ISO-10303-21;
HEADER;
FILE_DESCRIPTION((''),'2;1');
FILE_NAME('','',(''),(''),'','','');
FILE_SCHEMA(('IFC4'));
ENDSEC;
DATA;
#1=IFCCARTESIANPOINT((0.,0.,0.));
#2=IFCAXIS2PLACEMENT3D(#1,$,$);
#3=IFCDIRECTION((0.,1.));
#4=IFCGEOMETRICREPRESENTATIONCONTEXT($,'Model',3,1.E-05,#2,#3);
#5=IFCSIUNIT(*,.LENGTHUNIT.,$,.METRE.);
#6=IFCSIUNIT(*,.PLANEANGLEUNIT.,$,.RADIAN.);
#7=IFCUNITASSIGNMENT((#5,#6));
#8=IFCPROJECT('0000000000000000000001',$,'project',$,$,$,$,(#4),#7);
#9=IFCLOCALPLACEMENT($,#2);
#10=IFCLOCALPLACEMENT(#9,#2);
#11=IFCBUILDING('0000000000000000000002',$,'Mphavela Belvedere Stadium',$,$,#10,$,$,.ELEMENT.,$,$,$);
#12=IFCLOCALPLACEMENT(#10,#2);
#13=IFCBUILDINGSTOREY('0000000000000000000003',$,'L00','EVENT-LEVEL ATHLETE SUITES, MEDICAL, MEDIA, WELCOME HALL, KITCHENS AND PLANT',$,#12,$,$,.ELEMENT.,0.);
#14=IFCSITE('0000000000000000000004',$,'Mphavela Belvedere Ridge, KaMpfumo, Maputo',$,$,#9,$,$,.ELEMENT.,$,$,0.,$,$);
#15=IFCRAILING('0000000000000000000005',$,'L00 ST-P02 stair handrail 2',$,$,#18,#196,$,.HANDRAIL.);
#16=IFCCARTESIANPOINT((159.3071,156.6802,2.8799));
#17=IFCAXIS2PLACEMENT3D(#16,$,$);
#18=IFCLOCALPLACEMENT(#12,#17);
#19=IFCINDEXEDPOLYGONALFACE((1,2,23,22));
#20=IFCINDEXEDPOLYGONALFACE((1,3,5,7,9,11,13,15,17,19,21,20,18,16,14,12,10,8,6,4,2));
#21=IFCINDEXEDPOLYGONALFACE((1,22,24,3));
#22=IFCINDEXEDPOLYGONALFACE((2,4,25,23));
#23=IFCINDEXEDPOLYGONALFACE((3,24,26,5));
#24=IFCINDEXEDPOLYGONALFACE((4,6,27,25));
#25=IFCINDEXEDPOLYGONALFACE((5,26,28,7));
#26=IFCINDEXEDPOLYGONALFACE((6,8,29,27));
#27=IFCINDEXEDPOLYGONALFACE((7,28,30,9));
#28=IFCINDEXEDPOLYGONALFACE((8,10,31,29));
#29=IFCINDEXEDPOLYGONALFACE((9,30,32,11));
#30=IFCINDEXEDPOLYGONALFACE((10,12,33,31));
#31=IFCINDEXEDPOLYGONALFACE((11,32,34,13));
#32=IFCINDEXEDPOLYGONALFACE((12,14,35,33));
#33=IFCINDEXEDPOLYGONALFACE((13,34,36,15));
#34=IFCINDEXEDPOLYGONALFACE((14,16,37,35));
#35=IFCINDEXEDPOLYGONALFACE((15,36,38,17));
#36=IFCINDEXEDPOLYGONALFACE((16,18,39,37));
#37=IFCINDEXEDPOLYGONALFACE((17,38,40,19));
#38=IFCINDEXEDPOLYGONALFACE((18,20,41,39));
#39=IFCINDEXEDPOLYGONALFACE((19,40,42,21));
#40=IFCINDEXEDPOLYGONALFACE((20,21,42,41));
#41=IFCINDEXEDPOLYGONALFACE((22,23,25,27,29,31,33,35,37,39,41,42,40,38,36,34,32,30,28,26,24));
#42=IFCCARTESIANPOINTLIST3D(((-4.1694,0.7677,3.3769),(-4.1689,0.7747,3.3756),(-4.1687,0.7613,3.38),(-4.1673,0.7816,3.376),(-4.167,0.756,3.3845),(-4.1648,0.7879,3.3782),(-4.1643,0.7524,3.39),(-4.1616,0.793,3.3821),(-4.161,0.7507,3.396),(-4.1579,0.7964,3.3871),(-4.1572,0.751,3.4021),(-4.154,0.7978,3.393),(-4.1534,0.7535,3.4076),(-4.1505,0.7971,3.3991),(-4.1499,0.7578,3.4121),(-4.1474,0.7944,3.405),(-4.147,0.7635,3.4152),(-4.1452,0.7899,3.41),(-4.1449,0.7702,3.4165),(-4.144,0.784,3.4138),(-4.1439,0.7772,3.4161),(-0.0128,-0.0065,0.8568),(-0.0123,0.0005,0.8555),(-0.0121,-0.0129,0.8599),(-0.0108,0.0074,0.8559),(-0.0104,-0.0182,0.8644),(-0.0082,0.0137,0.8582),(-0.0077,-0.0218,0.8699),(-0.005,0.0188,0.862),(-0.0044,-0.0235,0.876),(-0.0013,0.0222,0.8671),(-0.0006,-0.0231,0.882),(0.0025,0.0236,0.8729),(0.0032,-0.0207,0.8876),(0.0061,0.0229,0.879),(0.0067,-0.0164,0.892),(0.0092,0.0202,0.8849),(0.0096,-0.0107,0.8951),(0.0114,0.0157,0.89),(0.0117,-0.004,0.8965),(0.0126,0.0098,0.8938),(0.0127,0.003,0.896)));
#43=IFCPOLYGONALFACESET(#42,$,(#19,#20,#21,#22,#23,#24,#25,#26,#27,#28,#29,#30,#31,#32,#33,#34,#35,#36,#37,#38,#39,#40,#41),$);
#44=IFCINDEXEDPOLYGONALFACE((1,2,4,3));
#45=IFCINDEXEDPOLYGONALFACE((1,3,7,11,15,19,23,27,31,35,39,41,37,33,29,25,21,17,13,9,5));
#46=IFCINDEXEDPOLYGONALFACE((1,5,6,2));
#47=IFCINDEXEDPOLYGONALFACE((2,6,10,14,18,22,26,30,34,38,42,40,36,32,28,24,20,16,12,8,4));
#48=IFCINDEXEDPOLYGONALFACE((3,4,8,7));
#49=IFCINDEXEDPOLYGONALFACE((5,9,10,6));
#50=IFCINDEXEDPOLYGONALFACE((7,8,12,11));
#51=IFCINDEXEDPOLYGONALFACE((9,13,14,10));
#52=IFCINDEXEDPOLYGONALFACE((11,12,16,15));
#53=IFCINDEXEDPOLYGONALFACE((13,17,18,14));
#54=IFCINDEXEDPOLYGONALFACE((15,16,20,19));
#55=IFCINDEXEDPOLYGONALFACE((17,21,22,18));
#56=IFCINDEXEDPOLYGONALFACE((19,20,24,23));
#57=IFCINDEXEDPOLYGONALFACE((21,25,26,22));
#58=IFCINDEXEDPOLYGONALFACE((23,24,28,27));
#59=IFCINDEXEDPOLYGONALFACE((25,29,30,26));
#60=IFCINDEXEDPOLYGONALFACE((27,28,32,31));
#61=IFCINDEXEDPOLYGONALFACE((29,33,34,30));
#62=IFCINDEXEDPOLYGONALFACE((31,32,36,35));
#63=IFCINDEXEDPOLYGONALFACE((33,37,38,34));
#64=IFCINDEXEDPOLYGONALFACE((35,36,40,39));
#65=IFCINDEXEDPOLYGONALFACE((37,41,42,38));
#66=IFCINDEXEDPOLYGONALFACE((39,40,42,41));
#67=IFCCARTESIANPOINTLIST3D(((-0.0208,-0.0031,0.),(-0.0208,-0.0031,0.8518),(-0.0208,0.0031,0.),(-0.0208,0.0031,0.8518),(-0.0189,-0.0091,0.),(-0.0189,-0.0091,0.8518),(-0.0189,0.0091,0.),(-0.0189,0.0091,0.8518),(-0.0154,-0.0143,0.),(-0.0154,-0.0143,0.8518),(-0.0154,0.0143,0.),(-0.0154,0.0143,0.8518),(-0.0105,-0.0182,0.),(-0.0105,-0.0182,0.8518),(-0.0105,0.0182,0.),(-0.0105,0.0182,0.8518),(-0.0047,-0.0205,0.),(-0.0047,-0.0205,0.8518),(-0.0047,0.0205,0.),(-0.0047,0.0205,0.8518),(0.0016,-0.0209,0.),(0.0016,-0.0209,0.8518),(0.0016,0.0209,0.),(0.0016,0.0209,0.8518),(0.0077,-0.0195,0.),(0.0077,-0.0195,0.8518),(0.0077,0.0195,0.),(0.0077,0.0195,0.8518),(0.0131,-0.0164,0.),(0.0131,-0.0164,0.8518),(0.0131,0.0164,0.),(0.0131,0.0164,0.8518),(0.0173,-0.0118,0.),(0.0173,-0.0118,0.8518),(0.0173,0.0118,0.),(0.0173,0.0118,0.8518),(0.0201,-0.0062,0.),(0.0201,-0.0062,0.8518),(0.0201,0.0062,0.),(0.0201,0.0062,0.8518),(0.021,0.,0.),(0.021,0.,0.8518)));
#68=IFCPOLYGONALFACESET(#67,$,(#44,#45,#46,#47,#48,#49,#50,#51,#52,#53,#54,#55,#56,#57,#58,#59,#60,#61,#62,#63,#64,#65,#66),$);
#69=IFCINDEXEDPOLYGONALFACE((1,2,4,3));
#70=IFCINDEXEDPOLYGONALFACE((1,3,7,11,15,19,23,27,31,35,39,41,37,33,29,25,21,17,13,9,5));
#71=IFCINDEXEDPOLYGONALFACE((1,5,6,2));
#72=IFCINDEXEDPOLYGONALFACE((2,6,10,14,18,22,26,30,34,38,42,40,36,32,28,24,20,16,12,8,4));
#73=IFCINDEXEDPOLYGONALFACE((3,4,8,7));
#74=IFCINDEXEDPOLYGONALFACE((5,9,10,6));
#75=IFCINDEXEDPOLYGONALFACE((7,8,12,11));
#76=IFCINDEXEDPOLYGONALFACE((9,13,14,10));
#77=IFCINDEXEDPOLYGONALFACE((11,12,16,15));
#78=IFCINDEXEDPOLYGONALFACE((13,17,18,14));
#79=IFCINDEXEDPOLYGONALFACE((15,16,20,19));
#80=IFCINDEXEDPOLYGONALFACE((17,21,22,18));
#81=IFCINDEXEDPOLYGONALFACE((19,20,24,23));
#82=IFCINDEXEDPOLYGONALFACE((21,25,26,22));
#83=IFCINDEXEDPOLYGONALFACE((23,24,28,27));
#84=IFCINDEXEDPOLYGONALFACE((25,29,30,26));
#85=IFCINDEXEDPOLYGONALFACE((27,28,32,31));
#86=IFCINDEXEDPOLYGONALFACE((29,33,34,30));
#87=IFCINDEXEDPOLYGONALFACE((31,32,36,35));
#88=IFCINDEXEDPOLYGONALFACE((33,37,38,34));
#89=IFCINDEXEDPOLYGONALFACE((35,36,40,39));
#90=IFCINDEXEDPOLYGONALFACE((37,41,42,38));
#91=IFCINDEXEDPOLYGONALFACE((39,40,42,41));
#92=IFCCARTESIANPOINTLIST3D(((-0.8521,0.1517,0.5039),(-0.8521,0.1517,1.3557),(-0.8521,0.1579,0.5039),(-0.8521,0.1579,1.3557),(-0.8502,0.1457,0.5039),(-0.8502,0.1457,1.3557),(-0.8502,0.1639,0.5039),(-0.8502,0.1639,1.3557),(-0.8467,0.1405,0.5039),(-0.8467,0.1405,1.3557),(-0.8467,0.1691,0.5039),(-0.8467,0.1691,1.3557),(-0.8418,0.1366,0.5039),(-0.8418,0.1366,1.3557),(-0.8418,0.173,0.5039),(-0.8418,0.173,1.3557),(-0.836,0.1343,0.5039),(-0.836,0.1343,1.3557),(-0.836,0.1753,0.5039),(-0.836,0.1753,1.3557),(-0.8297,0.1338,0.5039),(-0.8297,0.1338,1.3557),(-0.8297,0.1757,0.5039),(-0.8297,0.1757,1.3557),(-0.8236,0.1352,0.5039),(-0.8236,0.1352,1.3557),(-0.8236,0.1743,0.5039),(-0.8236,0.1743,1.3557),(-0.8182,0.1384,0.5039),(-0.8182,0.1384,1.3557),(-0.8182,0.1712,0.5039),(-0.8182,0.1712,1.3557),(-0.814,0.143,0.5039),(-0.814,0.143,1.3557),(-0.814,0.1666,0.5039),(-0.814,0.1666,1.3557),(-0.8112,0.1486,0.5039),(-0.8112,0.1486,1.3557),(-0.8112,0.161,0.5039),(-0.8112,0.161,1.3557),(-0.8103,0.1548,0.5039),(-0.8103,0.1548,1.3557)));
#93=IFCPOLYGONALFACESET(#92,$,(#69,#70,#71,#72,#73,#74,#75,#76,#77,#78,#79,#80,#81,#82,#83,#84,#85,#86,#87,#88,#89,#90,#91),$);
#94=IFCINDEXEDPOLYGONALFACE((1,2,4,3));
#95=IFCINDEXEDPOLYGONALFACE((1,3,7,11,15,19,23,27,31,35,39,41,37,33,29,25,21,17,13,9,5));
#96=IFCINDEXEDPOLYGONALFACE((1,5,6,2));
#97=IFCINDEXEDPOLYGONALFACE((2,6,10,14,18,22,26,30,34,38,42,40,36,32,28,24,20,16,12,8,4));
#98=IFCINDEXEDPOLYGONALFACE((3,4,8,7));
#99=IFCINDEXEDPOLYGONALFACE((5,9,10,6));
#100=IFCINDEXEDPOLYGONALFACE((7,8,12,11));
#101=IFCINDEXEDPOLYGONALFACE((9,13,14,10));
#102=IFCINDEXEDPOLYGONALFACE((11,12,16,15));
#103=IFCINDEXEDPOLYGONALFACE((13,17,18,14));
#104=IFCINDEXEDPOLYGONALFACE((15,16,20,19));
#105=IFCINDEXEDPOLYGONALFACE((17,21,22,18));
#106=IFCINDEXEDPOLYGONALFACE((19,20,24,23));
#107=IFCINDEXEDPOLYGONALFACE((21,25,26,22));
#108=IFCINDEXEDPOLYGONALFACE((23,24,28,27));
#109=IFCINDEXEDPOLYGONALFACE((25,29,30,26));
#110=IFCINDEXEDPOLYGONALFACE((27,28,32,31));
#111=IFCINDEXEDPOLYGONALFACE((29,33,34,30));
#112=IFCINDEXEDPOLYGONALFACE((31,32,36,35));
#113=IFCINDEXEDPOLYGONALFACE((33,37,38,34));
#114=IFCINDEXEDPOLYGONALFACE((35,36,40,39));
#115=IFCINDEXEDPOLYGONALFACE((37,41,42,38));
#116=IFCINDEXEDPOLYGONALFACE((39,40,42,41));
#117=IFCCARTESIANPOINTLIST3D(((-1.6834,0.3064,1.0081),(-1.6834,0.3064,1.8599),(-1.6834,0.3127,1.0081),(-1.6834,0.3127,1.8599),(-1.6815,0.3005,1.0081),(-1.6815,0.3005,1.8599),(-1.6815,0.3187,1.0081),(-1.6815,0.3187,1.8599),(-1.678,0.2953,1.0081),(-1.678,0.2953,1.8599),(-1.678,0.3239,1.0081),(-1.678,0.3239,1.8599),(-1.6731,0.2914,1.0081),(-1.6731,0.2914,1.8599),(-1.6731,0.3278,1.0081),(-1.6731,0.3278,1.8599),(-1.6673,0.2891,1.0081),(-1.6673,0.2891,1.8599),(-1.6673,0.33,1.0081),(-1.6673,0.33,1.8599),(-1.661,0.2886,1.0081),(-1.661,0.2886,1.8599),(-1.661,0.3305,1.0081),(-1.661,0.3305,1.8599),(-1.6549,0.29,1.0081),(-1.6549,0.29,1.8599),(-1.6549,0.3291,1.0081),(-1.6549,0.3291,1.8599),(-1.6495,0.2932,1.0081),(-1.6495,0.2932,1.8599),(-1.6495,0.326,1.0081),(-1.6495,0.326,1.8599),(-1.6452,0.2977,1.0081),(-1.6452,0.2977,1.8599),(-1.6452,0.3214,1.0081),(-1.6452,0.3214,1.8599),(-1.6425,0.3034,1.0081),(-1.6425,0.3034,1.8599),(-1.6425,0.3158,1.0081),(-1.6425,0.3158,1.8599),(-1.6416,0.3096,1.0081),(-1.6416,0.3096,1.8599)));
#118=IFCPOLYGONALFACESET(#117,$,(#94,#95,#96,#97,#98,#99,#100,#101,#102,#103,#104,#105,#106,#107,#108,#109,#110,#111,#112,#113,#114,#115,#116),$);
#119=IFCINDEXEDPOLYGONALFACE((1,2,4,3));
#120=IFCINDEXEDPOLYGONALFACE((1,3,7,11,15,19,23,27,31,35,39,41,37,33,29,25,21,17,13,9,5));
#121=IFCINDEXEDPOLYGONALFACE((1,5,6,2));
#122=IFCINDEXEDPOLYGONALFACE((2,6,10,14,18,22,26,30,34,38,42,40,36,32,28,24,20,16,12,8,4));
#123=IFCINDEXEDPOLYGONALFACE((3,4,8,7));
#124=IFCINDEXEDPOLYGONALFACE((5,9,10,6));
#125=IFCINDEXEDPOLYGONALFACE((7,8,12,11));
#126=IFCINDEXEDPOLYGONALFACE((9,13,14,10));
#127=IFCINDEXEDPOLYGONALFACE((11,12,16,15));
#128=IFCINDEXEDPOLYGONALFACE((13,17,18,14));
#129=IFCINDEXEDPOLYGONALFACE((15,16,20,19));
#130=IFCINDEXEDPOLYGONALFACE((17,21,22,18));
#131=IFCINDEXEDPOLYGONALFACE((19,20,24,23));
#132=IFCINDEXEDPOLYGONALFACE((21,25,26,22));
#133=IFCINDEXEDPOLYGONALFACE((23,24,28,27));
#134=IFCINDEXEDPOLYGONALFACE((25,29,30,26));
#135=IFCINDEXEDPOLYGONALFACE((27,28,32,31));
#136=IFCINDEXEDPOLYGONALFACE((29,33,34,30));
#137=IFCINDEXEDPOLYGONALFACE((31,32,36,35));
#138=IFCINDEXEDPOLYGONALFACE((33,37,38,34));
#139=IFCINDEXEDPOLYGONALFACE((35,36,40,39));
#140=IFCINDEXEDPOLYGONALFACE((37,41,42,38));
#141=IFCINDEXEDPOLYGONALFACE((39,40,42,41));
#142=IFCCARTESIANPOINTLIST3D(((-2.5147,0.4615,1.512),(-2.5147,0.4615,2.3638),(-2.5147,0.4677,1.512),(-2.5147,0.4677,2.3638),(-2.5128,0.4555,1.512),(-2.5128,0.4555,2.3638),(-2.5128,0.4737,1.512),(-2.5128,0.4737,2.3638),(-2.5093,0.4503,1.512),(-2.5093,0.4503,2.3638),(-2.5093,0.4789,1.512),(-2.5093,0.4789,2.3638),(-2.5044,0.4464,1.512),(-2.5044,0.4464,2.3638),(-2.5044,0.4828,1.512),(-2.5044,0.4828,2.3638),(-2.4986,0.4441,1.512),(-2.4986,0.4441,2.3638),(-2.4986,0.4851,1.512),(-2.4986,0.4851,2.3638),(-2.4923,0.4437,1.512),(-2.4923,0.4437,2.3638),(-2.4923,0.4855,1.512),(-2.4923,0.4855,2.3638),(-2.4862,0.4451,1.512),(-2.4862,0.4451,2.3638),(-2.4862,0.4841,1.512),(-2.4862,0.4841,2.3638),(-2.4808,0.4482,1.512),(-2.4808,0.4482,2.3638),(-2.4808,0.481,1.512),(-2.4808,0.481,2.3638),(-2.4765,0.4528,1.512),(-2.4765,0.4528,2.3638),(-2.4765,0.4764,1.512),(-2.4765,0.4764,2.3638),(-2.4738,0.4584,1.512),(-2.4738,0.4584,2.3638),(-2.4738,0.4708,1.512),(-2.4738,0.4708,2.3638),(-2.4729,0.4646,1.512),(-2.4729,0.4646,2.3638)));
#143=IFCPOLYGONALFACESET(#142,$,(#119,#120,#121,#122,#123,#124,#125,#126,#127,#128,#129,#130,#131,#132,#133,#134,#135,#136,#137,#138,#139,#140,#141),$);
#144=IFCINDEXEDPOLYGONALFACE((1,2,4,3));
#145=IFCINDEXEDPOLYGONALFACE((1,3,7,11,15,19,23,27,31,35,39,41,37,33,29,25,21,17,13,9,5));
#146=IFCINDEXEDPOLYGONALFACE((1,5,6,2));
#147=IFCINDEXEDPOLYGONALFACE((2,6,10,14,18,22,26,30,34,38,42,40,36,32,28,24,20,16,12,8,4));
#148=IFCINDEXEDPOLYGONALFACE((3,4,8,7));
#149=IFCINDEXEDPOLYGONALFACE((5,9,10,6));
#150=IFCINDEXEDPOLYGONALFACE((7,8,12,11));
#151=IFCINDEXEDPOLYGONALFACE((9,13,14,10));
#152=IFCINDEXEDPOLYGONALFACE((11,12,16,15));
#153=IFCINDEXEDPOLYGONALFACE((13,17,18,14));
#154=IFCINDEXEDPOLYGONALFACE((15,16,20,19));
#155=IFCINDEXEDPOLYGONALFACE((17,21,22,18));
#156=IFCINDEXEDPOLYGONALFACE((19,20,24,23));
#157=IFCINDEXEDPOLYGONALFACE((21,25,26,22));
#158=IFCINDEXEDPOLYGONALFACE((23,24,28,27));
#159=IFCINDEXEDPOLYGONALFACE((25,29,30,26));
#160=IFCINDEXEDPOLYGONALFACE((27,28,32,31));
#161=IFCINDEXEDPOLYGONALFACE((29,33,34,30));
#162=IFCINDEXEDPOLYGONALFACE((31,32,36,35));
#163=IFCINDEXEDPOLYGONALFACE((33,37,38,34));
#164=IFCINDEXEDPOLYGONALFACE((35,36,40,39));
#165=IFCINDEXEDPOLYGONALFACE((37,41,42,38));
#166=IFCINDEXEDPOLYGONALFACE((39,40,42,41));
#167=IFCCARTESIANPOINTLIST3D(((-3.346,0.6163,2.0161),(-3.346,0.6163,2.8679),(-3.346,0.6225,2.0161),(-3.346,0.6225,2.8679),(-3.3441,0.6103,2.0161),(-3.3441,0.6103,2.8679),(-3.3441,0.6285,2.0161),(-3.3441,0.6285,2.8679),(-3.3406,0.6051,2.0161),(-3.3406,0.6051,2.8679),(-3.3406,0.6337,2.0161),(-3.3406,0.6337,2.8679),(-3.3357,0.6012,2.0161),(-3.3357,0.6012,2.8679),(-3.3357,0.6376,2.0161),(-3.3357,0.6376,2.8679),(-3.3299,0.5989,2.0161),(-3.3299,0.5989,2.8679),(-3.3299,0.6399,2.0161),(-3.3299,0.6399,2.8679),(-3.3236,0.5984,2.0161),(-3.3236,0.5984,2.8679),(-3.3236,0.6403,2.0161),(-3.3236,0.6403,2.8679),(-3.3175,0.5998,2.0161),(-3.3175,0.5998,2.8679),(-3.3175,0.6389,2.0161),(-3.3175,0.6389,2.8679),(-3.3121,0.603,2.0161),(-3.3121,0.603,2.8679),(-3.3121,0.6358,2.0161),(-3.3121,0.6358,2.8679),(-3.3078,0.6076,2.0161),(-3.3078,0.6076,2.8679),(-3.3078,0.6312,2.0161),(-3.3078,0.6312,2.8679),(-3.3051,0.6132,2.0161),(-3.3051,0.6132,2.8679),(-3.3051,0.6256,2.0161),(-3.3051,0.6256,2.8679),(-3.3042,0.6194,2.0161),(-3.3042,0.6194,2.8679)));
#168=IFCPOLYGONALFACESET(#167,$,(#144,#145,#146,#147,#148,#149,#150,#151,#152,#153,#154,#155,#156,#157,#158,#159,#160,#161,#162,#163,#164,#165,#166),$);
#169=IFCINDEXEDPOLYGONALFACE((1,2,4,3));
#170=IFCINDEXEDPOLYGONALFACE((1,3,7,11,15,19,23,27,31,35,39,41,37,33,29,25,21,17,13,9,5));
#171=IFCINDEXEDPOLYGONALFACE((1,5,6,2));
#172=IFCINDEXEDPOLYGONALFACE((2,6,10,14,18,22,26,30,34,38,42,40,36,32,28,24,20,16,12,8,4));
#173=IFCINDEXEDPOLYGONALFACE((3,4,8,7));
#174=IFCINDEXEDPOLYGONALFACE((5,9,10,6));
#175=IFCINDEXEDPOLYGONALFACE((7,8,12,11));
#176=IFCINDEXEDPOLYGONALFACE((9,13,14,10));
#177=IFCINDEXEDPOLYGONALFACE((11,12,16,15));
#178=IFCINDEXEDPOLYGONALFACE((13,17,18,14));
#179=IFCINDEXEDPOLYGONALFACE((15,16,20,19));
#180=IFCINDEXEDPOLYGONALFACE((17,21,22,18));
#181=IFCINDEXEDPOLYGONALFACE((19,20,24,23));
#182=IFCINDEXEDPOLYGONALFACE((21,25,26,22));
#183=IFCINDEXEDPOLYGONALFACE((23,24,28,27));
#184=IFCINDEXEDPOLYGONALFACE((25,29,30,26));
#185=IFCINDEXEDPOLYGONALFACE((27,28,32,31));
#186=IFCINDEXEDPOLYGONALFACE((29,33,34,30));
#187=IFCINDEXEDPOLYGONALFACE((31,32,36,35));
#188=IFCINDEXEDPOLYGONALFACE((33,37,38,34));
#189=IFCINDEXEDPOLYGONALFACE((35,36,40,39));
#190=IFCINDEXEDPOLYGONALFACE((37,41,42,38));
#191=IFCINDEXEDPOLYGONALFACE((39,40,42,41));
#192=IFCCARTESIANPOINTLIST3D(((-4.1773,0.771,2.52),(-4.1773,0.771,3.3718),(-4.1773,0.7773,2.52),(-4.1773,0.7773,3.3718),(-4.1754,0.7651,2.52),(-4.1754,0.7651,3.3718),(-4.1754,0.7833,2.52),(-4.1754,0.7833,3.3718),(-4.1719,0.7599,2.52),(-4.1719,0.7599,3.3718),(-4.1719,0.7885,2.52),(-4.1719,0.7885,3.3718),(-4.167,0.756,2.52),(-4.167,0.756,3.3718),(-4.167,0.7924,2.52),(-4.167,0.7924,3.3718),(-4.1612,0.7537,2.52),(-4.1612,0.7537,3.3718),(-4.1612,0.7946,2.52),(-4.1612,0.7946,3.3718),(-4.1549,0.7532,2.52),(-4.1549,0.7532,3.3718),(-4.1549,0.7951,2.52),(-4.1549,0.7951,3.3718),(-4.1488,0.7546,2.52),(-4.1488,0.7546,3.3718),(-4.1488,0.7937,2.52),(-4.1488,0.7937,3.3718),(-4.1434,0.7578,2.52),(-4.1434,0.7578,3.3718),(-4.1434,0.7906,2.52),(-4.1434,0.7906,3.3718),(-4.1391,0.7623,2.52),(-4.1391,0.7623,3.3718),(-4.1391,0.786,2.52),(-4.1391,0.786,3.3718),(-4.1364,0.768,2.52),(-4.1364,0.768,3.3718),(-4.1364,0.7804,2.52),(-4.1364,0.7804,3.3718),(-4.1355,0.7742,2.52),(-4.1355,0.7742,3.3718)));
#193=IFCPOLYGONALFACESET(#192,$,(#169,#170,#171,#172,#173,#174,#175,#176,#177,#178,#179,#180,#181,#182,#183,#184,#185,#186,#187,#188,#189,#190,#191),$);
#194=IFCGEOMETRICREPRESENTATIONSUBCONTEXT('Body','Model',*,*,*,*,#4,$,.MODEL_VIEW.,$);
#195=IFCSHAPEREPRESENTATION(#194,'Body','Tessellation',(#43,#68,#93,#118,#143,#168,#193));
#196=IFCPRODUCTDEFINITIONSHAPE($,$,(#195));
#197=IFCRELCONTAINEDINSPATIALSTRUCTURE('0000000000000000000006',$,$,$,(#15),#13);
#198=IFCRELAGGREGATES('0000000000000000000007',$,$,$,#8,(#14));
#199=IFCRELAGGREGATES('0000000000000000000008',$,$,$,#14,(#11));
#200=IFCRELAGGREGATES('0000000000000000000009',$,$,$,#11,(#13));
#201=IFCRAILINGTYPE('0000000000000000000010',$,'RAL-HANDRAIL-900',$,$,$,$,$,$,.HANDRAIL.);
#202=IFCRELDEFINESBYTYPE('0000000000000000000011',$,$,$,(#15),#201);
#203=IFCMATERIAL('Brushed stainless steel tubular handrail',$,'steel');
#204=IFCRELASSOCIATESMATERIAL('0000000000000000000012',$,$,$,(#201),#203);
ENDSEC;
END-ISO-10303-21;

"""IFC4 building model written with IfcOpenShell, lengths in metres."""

from ifc_helpers import new_model, si_unit, direction, frame, origin, origin_2d, place, context, subcontext, project, spatial, circle, extrude, material, type_object, element, save


model = new_model("IFC4")

# Units and contexts
model_context = context("Model", 3, precision=1e-05, world=origin(), true_north=direction((0.0, 1.0)))
body_context = subcontext(model_context, "Body", "Model", "MODEL_VIEW")
ifc_project = project(units=[si_unit("LENGTHUNIT", "METRE"), si_unit("PLANEANGLEUNIT", "RADIAN")], contexts=[model_context])

# Site, building, storey
site_placement = place(None, origin())
site = spatial("IfcSite", under=ifc_project, at=site_placement, Name="Mphavela Belvedere Ridge, KaMpfumo, Maputo", CompositionType="ELEMENT", RefElevation=0.0)
building_placement = place(site_placement, origin())
building = spatial("IfcBuilding", under=site, at=building_placement, Name="Mphavela Belvedere Stadium", CompositionType="ELEMENT")
storey_placement = place(building_placement, origin())
storey = spatial("IfcBuildingStorey", under=building, at=storey_placement, Name="L00", Description="EVENT-LEVEL ATHLETE SUITES, MEDICAL, MEDIA, WELCOME HALL, KITCHENS AND PLANT", CompositionType="ELEMENT", Elevation=0.0)

# Railing
ifc_material_1 = material(Name="Brushed stainless steel tubular handrail", Category="steel")
railing_type_1 = type_object("IfcRailingType", Name="RAL-HANDRAIL-900", PredefinedType="HANDRAIL", material=ifc_material_1)
railing_1_placement = place(storey_placement, frame((159.3071, 156.6802, 2.8799)))
element("IfcRailing", 1, at=railing_1_placement, inside=storey, type_object=railing_type_1, Name="L00 ST-P02 stair handrail 2", PredefinedType="HANDRAIL", context=body_context, shape_type="SweptSolid", body=[
    extrude(circle(Radius=0.0239, at=origin_2d()), frame((0.0, 0.0, 0.876), z_axis=(-0.844469, 0.157287, 0.511989), x_axis=(-0.183107, -0.983093, 0.0)), (0.0, 0.0, 1.0), 4.9221),
    extrude(circle(Radius=0.021, at=origin_2d()), origin(), (0.0, 0.0, 1.0), 0.8518),
    extrude(circle(Radius=0.021, at=origin_2d()), frame((-0.8313, 0.1548, 0.5039)), (0.0, 0.0, 1.0), 0.8518),
    extrude(circle(Radius=0.021, at=origin_2d()), frame((-1.6626, 0.3096, 1.0081)), (0.0, 0.0, 1.0), 0.8518),
    extrude(circle(Radius=0.021, at=origin_2d()), frame((-2.4939, 0.4646, 1.512)), (0.0, 0.0, 1.0), 0.8518),
    extrude(circle(Radius=0.021, at=origin_2d()), frame((-3.3252, 0.6194, 2.0161)), (0.0, 0.0, 1.0), 0.8518),
    extrude(circle(Radius=0.021, at=origin_2d()), frame((-4.1565, 0.7742, 2.52)), (0.0, 0.0, 1.0), 0.8518),
])

save(model, "model.ifc")
